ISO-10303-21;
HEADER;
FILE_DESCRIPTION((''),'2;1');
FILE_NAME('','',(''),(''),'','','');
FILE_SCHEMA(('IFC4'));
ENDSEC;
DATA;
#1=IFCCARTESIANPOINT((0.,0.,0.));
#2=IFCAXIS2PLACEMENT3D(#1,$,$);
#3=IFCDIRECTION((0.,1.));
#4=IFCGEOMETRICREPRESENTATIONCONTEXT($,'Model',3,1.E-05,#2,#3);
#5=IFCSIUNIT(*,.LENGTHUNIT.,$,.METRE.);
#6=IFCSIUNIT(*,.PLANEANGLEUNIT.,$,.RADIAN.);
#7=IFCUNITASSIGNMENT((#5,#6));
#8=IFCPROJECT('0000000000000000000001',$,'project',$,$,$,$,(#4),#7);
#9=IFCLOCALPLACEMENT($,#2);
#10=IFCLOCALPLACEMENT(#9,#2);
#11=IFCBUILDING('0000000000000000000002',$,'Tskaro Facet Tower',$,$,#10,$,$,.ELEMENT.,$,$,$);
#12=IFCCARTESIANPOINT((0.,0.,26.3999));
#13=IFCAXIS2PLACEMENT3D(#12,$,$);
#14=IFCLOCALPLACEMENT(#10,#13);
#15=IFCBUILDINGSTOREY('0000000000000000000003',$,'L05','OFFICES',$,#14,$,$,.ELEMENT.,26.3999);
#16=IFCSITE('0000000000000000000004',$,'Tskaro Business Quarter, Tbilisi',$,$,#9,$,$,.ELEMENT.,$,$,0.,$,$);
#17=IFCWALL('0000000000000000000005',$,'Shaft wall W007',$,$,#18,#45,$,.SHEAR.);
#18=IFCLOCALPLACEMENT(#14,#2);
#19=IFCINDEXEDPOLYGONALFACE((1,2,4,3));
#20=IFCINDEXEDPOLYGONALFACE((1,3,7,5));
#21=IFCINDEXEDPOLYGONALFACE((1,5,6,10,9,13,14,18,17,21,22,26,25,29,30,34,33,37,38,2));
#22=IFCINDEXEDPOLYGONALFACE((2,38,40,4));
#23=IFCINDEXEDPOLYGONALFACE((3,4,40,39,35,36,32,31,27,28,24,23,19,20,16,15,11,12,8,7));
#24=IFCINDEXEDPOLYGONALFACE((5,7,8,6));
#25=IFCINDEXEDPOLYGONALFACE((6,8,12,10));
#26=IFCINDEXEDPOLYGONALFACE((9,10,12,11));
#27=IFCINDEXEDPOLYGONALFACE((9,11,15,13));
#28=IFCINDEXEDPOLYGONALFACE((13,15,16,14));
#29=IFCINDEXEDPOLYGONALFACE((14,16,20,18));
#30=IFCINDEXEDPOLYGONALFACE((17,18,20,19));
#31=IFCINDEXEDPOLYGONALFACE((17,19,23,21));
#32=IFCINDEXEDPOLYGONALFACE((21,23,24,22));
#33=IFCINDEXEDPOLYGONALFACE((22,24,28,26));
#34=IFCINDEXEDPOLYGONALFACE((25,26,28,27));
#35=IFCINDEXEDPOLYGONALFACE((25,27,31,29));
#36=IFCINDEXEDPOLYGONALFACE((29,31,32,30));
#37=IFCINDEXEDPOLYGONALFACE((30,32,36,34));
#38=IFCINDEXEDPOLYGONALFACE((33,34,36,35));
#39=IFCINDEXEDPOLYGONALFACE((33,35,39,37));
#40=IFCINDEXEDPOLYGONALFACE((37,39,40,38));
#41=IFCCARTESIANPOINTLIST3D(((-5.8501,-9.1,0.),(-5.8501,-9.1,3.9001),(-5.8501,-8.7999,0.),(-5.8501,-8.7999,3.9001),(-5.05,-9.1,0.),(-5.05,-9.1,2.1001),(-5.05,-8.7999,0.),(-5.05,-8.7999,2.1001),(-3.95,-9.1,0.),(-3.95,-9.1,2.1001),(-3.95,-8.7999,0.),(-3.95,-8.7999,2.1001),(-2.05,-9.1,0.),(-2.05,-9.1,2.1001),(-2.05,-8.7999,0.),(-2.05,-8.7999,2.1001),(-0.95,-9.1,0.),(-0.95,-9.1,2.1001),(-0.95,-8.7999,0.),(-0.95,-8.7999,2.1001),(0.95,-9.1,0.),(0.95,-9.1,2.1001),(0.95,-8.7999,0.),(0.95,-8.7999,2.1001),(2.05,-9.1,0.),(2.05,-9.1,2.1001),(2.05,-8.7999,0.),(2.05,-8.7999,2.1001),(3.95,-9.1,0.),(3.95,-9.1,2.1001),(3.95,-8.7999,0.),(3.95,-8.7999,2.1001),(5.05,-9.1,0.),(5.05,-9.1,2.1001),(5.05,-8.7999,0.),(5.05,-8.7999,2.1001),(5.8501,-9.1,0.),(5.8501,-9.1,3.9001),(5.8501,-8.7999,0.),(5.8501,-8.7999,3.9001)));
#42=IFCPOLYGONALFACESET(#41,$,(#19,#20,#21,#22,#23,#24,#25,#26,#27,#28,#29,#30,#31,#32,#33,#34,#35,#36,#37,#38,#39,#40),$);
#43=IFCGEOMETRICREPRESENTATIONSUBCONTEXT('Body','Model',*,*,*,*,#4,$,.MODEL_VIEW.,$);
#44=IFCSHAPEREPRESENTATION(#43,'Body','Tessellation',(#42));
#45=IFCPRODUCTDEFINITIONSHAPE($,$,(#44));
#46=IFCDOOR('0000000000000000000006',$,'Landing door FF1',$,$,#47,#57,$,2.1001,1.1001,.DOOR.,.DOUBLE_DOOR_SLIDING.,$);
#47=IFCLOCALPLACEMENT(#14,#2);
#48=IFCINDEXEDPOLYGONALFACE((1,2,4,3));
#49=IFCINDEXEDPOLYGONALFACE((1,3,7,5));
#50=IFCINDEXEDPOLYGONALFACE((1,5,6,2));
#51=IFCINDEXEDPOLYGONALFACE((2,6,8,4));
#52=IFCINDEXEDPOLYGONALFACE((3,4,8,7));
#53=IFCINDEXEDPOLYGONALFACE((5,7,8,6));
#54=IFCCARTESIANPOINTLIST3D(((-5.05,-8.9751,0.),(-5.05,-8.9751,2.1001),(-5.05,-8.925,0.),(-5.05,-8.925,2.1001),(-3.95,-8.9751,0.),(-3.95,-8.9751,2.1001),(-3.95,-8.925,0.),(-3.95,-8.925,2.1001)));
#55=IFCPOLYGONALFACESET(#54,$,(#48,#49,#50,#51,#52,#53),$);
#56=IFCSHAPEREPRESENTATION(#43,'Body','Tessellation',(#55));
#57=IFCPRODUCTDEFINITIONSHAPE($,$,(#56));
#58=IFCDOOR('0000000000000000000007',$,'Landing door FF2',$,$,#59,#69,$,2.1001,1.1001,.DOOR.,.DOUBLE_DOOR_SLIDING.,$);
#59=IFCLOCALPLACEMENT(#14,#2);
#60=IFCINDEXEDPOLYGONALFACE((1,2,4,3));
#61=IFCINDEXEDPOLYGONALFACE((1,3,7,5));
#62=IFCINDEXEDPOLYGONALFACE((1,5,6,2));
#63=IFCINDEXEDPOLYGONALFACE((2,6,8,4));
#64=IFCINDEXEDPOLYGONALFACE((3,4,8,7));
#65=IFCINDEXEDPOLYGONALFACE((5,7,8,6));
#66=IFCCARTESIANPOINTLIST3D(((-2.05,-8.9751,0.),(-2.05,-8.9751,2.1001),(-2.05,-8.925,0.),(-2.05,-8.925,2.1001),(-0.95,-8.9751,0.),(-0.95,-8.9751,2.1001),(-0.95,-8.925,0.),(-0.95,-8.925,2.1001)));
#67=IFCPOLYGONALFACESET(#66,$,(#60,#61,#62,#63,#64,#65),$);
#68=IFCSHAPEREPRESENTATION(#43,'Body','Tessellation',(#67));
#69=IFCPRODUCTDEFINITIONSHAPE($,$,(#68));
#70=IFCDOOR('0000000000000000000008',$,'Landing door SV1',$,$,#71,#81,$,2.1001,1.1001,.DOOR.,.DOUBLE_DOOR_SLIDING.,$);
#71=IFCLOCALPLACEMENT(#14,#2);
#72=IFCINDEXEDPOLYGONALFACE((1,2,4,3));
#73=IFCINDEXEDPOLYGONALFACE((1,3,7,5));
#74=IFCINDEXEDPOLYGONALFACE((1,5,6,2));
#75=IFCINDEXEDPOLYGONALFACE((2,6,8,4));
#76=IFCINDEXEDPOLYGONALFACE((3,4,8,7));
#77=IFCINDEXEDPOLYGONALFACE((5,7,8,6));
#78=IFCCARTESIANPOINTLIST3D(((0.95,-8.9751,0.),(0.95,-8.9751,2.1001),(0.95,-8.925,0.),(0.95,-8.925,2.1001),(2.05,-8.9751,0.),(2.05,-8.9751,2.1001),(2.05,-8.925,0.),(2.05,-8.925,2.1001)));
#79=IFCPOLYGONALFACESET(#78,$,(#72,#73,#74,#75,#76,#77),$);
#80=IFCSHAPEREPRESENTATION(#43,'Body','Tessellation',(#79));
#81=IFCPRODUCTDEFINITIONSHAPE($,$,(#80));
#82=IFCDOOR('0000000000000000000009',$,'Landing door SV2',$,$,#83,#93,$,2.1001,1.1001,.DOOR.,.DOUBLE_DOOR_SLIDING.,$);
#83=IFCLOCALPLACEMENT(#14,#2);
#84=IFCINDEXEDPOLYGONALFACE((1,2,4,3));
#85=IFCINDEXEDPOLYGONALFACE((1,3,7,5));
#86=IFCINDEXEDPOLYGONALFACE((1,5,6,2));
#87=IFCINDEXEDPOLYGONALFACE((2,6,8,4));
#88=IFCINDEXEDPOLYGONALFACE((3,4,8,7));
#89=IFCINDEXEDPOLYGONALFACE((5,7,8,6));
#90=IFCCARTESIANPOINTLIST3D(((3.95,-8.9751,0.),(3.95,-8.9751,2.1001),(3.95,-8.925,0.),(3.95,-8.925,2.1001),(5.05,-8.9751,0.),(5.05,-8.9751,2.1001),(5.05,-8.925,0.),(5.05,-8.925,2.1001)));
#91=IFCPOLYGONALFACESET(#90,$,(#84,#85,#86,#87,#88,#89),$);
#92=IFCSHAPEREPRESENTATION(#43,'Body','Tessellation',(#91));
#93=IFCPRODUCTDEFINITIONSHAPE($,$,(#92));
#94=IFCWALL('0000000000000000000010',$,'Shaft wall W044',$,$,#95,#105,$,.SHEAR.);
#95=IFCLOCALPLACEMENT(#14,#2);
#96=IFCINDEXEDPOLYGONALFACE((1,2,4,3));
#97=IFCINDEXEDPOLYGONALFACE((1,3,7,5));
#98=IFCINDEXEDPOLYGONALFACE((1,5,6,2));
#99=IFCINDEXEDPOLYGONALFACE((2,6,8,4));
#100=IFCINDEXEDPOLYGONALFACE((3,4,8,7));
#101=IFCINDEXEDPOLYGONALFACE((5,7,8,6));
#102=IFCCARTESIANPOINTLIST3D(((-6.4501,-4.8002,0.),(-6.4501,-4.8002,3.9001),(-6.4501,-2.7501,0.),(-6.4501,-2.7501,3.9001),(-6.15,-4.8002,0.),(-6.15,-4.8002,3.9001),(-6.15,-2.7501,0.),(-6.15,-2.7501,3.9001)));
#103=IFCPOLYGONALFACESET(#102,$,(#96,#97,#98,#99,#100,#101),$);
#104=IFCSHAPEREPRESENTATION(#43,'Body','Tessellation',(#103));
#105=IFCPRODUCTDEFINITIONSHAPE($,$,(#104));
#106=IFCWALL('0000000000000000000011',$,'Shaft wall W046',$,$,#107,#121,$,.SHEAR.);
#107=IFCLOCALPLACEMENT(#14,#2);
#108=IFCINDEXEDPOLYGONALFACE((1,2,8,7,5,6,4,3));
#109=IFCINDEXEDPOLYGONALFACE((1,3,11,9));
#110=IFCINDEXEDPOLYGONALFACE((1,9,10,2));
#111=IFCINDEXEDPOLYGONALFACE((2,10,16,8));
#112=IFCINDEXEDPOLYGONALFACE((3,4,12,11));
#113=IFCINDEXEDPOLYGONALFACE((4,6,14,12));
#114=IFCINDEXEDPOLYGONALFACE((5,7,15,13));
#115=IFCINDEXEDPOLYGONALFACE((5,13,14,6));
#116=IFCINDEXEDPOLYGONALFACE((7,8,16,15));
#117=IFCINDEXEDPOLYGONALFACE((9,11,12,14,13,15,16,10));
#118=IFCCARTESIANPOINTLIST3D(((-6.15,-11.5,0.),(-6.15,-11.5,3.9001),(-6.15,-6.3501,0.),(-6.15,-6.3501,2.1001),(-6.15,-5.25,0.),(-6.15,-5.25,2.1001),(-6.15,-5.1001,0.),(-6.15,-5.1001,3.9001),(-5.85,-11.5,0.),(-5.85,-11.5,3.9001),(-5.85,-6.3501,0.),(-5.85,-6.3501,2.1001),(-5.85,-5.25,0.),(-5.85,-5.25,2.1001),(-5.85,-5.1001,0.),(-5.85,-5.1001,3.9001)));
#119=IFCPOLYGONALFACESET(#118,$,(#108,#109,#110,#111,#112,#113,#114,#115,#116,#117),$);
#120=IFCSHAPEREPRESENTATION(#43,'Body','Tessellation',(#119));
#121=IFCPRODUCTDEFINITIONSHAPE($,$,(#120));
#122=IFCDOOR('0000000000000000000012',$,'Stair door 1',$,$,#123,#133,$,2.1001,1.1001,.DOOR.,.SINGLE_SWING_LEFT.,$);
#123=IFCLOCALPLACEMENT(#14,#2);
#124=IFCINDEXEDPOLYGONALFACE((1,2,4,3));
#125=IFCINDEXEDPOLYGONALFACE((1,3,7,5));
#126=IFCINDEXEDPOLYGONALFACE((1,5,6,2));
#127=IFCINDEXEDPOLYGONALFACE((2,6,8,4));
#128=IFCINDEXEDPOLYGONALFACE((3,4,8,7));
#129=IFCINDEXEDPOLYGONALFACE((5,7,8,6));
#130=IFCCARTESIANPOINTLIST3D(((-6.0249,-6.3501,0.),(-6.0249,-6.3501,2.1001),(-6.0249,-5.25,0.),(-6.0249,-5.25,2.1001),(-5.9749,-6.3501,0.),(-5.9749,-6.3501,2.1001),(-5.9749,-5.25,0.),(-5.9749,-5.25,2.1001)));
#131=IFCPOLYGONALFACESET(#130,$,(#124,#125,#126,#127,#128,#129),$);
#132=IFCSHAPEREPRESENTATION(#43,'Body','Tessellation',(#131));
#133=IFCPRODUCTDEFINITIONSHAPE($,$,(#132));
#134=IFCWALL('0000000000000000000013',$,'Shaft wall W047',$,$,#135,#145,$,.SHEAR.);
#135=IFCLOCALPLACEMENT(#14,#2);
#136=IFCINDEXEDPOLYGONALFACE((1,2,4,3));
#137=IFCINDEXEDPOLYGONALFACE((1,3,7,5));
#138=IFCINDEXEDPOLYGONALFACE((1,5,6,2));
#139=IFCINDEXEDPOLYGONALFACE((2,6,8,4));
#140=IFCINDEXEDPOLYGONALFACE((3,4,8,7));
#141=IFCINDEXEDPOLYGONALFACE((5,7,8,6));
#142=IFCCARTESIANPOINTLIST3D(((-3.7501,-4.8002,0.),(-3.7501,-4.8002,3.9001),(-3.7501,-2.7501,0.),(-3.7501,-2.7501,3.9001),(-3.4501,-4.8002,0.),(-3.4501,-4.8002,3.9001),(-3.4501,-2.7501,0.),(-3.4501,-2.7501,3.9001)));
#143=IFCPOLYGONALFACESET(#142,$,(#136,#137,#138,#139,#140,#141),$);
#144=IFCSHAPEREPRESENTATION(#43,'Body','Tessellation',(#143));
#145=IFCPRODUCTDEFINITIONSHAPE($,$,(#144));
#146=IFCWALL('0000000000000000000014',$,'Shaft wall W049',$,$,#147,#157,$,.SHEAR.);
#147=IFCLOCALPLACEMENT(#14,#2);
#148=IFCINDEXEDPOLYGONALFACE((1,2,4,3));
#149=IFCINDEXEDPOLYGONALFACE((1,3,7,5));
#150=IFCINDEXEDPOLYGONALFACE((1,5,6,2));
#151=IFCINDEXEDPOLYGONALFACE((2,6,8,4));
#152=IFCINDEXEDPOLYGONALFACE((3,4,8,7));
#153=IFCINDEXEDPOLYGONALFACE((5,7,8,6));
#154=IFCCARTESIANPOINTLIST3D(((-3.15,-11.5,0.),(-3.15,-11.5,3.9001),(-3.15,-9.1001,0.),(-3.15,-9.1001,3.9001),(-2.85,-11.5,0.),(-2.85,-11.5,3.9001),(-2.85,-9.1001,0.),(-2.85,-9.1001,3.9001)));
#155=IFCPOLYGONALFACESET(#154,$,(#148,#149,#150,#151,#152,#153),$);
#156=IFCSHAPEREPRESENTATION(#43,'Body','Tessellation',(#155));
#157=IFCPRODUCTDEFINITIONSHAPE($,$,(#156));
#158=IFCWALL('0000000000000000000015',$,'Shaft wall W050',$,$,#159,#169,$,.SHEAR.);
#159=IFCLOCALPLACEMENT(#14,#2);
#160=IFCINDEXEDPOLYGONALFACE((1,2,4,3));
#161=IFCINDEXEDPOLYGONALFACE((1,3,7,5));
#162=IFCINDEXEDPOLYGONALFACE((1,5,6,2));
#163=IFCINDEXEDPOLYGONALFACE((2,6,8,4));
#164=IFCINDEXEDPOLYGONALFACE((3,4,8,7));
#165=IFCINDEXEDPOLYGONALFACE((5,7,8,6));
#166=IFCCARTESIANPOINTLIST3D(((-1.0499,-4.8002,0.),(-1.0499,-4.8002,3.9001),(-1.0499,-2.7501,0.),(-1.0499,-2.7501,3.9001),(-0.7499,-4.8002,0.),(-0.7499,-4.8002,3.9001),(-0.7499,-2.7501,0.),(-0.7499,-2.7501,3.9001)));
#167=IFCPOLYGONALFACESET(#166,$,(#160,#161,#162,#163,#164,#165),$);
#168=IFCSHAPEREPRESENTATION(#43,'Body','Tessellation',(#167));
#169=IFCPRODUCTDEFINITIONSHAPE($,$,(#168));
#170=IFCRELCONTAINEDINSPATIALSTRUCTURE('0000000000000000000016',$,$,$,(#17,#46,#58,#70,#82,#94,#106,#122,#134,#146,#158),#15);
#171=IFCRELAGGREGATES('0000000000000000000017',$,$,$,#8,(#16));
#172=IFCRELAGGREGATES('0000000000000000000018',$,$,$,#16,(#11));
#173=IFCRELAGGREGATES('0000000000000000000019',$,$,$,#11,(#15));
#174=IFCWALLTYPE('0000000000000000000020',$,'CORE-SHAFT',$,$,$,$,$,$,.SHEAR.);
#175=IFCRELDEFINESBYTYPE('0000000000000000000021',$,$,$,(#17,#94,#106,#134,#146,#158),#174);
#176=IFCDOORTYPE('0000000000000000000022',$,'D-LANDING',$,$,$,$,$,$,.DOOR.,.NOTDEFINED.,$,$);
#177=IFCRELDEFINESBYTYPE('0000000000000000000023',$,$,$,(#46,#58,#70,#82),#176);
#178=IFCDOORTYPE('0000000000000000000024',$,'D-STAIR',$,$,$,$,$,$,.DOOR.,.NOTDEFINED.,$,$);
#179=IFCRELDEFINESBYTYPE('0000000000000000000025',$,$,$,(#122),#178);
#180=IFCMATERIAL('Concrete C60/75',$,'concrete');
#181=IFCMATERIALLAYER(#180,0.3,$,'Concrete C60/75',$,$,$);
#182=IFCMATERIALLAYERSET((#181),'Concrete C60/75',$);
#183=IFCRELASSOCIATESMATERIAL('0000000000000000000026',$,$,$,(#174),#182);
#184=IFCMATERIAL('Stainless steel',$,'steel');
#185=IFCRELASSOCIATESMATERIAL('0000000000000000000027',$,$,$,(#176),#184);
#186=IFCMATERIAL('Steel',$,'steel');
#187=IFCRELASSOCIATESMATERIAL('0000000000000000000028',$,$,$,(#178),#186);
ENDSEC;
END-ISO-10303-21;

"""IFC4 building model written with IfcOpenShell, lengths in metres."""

from ifc_helpers import new_model, si_unit, direction, frame, frame_2d, origin, place, context, subcontext, project, spatial, rectangle, extrude, material, layer, layer_set, type_object, element, fill, save


model = new_model("IFC4")

# Units and contexts
model_context = context("Model", 3, precision=1e-05, world=origin(), true_north=direction((0.0, 1.0)))
body_context = subcontext(model_context, "Body", "Model", "MODEL_VIEW")
ifc_project = project(units=[si_unit("LENGTHUNIT", "METRE"), si_unit("PLANEANGLEUNIT", "RADIAN")], contexts=[model_context])

# Site, building, storey
site_placement = place(None, origin())
site = spatial("IfcSite", under=ifc_project, at=site_placement, Name="Tskaro Business Quarter, Tbilisi", CompositionType="ELEMENT", RefElevation=0.0)
building_placement = place(site_placement, origin())
building = spatial("IfcBuilding", under=site, at=building_placement, Name="Tskaro Facet Tower", CompositionType="ELEMENT")
storey_placement = place(building_placement, frame((0.0, 0.0, 26.3999)))
storey = spatial("IfcBuildingStorey", under=building, at=storey_placement, Name="L05", Description="OFFICES", CompositionType="ELEMENT", Elevation=26.3999)

# Wall, openings, doors
ifc_material_1 = material(Name="Concrete C60/75", Category="concrete")
ifc_layer = layer(ifc_material_1, 0.3, Name="Concrete C60/75")
ifc_layer_set = layer_set([ifc_layer], Name="Concrete C60/75")
wall_type = type_object("IfcWallType", Name="CORE-SHAFT", PredefinedType="SHEAR", material=ifc_layer_set)
wall_1_placement = place(storey_placement, frame((-5.8501, -8.95, 0.0), z_axis=(0.0, 0.0, 1.0), x_axis=(1.0, 0.0, 0.0)))
wall_1 = element("IfcWall", 1, at=wall_1_placement, inside=storey, type_object=wall_type, Name="Shaft wall W007", PredefinedType="SHEAR", context=body_context, shape_type="SweptSolid", body=[
    extrude(rectangle(XDim=11.7002, YDim=0.3, at=frame_2d((5.8501, 0.0))), origin(), (0.0, 0.0, 1.0), 3.9001),
])
opening_1_placement = place(wall_1_placement, frame((0.8, 0.0, 0.0)))
opening_1 = element("IfcOpeningElement", 2, at=opening_1_placement, cuts=wall_1, PredefinedType="OPENING", context=body_context, shape_type="SweptSolid", body=[
    extrude(rectangle(XDim=1.1001, YDim=2.1001, at=frame_2d((0.55, 1.05))), frame((0.0, 0.1599, 0.0), z_axis=(0.0, -1.0, 0.0), x_axis=(1.0, 0.0, 0.0)), (0.0, 0.0, 1.0), 0.3201),
])
opening_2_placement = place(wall_1_placement, frame((3.8, 0.0, 0.0)))
opening_2 = element("IfcOpeningElement", 3, at=opening_2_placement, cuts=wall_1, PredefinedType="OPENING", context=body_context, shape_type="SweptSolid", body=[
    extrude(rectangle(XDim=1.1001, YDim=2.1001, at=frame_2d((0.55, 1.05))), frame((0.0, 0.1599, 0.0), z_axis=(0.0, -1.0, 0.0), x_axis=(1.0, 0.0, 0.0)), (0.0, 0.0, 1.0), 0.3201),
])
opening_3_placement = place(wall_1_placement, frame((6.8, 0.0, 0.0)))
opening_3 = element("IfcOpeningElement", 4, at=opening_3_placement, cuts=wall_1, PredefinedType="OPENING", context=body_context, shape_type="SweptSolid", body=[
    extrude(rectangle(XDim=1.1001, YDim=2.1001, at=frame_2d((0.55, 1.05))), frame((0.0, 0.1599, 0.0), z_axis=(0.0, -1.0, 0.0), x_axis=(1.0, 0.0, 0.0)), (0.0, 0.0, 1.0), 0.3201),
])
opening_4_placement = place(wall_1_placement, frame((9.8, 0.0, 0.0)))
opening_4 = element("IfcOpeningElement", 5, at=opening_4_placement, cuts=wall_1, PredefinedType="OPENING", context=body_context, shape_type="SweptSolid", body=[
    extrude(rectangle(XDim=1.1001, YDim=2.1001, at=frame_2d((0.55, 1.05))), frame((0.0, 0.1599, 0.0), z_axis=(0.0, -1.0, 0.0), x_axis=(1.0, 0.0, 0.0)), (0.0, 0.0, 1.0), 0.3201),
])
ifc_material_2 = material(Name="Stainless steel", Category="steel")
door_type_1 = type_object("IfcDoorType", Name="D-LANDING", OperationType="NOTDEFINED", PredefinedType="DOOR", material=ifc_material_2)
door_1_placement = place(opening_1_placement, origin())
door_1 = element("IfcDoor", 6, at=door_1_placement, inside=storey, type_object=door_type_1, Name="Landing door FF1", OperationType="DOUBLE_DOOR_SLIDING", OverallHeight=2.1001, OverallWidth=1.1001, PredefinedType="DOOR", context=body_context, shape_type="SweptSolid", body=[
    extrude(rectangle(XDim=1.1001, YDim=2.1001, at=frame_2d((0.55, 1.05))), frame((0.0, 0.0249, 0.0), z_axis=(0.0, -1.0, 0.0), x_axis=(1.0, 0.0, 0.0)), (0.0, 0.0, 1.0), 0.05),
])
fill(opening_1, door_1)
door_2_placement = place(opening_2_placement, origin())
door_2 = element("IfcDoor", 7, at=door_2_placement, inside=storey, type_object=door_type_1, Name="Landing door FF2", OperationType="DOUBLE_DOOR_SLIDING", OverallHeight=2.1001, OverallWidth=1.1001, PredefinedType="DOOR", context=body_context, shape_type="SweptSolid", body=[
    extrude(rectangle(XDim=1.1001, YDim=2.1001, at=frame_2d((0.55, 1.05))), frame((0.0, 0.0249, 0.0), z_axis=(0.0, -1.0, 0.0), x_axis=(1.0, 0.0, 0.0)), (0.0, 0.0, 1.0), 0.05),
])
fill(opening_2, door_2)
door_3_placement = place(opening_3_placement, origin())
door_3 = element("IfcDoor", 8, at=door_3_placement, inside=storey, type_object=door_type_1, Name="Landing door SV1", OperationType="DOUBLE_DOOR_SLIDING", OverallHeight=2.1001, OverallWidth=1.1001, PredefinedType="DOOR", context=body_context, shape_type="SweptSolid", body=[
    extrude(rectangle(XDim=1.1001, YDim=2.1001, at=frame_2d((0.55, 1.05))), frame((0.0, 0.0249, 0.0), z_axis=(0.0, -1.0, 0.0), x_axis=(1.0, 0.0, 0.0)), (0.0, 0.0, 1.0), 0.05),
])
fill(opening_3, door_3)
door_4_placement = place(opening_4_placement, origin())
door_4 = element("IfcDoor", 9, at=door_4_placement, inside=storey, type_object=door_type_1, Name="Landing door SV2", OperationType="DOUBLE_DOOR_SLIDING", OverallHeight=2.1001, OverallWidth=1.1001, PredefinedType="DOOR", context=body_context, shape_type="SweptSolid", body=[
    extrude(rectangle(XDim=1.1001, YDim=2.1001, at=frame_2d((0.55, 1.05))), frame((0.0, 0.0249, 0.0), z_axis=(0.0, -1.0, 0.0), x_axis=(1.0, 0.0, 0.0)), (0.0, 0.0, 1.0), 0.05),
])
fill(opening_4, door_4)

# Wall
wall_2_placement = place(storey_placement, frame((-6.3, -4.8, 0.0), z_axis=(0.0, 0.0, 1.0), x_axis=(0.0, 1.0, 0.0)))
element("IfcWall", 10, at=wall_2_placement, inside=storey, type_object=wall_type, Name="Shaft wall W044", PredefinedType="SHEAR", context=body_context, shape_type="SweptSolid", body=[
    extrude(rectangle(XDim=2.05, YDim=0.3, at=frame_2d((1.0249, 0.0))), origin(), (0.0, 0.0, 1.0), 3.9001),
])

# Wall, opening, door
wall_3_placement = place(storey_placement, frame((-6.0, -11.5, 0.0), z_axis=(0.0, 0.0, 1.0), x_axis=(0.0, 1.0, 0.0)))
wall_3 = element("IfcWall", 11, at=wall_3_placement, inside=storey, type_object=wall_type, Name="Shaft wall W046", PredefinedType="SHEAR", context=body_context, shape_type="SweptSolid", body=[
    extrude(rectangle(XDim=6.3999, YDim=0.3, at=frame_2d((3.2, 0.0))), origin(), (0.0, 0.0, 1.0), 3.9001),
])
opening_5_placement = place(wall_3_placement, frame((5.1499, 0.0, 0.0)))
opening_5 = element("IfcOpeningElement", 12, at=opening_5_placement, cuts=wall_3, PredefinedType="OPENING", context=body_context, shape_type="SweptSolid", body=[
    extrude(rectangle(XDim=1.1001, YDim=2.1001, at=frame_2d((0.55, 1.05))), frame((0.0, 0.1599, 0.0), z_axis=(0.0, -1.0, 0.0), x_axis=(1.0, 0.0, 0.0)), (0.0, 0.0, 1.0), 0.3201),
])
ifc_material_3 = material(Name="Steel", Category="steel")
door_type_2 = type_object("IfcDoorType", Name="D-STAIR", OperationType="NOTDEFINED", PredefinedType="DOOR", material=ifc_material_3)
door_5_placement = place(opening_5_placement, origin())
door_5 = element("IfcDoor", 13, at=door_5_placement, inside=storey, type_object=door_type_2, Name="Stair door 1", OperationType="SINGLE_SWING_LEFT", OverallHeight=2.1001, OverallWidth=1.1001, PredefinedType="DOOR", context=body_context, shape_type="SweptSolid", body=[
    extrude(rectangle(XDim=1.1001, YDim=2.1001, at=frame_2d((0.55, 1.05))), frame((0.0, 0.0249, 0.0), z_axis=(0.0, -1.0, 0.0), x_axis=(1.0, 0.0, 0.0)), (0.0, 0.0, 1.0), 0.05),
])
fill(opening_5, door_5)

# Walls
wall_4_placement = place(storey_placement, frame((-3.6001, -4.8, 0.0), z_axis=(0.0, 0.0, 1.0), x_axis=(0.0, 1.0, 0.0)))
element("IfcWall", 14, at=wall_4_placement, inside=storey, type_object=wall_type, Name="Shaft wall W047", PredefinedType="SHEAR", context=body_context, shape_type="SweptSolid", body=[
    extrude(rectangle(XDim=2.05, YDim=0.3, at=frame_2d((1.0249, 0.0))), origin(), (0.0, 0.0, 1.0), 3.9001),
])
wall_5_placement = place(storey_placement, frame((-3.0, -11.5, 0.0), z_axis=(0.0, 0.0, 1.0), x_axis=(0.0, 1.0, 0.0)))
element("IfcWall", 15, at=wall_5_placement, inside=storey, type_object=wall_type, Name="Shaft wall W049", PredefinedType="SHEAR", context=body_context, shape_type="SweptSolid", body=[
    extrude(rectangle(XDim=2.3999, YDim=0.3, at=frame_2d((1.2, 0.0))), origin(), (0.0, 0.0, 1.0), 3.9001),
])
wall_6_placement = place(storey_placement, frame((-0.8999, -4.8, 0.0), z_axis=(0.0, 0.0, 1.0), x_axis=(0.0, 1.0, 0.0)))
element("IfcWall", 16, at=wall_6_placement, inside=storey, type_object=wall_type, Name="Shaft wall W050", PredefinedType="SHEAR", context=body_context, shape_type="SweptSolid", body=[
    extrude(rectangle(XDim=2.05, YDim=0.3, at=frame_2d((1.0249, 0.0))), origin(), (0.0, 0.0, 1.0), 3.9001),
])

save(model, "model.ifc")
